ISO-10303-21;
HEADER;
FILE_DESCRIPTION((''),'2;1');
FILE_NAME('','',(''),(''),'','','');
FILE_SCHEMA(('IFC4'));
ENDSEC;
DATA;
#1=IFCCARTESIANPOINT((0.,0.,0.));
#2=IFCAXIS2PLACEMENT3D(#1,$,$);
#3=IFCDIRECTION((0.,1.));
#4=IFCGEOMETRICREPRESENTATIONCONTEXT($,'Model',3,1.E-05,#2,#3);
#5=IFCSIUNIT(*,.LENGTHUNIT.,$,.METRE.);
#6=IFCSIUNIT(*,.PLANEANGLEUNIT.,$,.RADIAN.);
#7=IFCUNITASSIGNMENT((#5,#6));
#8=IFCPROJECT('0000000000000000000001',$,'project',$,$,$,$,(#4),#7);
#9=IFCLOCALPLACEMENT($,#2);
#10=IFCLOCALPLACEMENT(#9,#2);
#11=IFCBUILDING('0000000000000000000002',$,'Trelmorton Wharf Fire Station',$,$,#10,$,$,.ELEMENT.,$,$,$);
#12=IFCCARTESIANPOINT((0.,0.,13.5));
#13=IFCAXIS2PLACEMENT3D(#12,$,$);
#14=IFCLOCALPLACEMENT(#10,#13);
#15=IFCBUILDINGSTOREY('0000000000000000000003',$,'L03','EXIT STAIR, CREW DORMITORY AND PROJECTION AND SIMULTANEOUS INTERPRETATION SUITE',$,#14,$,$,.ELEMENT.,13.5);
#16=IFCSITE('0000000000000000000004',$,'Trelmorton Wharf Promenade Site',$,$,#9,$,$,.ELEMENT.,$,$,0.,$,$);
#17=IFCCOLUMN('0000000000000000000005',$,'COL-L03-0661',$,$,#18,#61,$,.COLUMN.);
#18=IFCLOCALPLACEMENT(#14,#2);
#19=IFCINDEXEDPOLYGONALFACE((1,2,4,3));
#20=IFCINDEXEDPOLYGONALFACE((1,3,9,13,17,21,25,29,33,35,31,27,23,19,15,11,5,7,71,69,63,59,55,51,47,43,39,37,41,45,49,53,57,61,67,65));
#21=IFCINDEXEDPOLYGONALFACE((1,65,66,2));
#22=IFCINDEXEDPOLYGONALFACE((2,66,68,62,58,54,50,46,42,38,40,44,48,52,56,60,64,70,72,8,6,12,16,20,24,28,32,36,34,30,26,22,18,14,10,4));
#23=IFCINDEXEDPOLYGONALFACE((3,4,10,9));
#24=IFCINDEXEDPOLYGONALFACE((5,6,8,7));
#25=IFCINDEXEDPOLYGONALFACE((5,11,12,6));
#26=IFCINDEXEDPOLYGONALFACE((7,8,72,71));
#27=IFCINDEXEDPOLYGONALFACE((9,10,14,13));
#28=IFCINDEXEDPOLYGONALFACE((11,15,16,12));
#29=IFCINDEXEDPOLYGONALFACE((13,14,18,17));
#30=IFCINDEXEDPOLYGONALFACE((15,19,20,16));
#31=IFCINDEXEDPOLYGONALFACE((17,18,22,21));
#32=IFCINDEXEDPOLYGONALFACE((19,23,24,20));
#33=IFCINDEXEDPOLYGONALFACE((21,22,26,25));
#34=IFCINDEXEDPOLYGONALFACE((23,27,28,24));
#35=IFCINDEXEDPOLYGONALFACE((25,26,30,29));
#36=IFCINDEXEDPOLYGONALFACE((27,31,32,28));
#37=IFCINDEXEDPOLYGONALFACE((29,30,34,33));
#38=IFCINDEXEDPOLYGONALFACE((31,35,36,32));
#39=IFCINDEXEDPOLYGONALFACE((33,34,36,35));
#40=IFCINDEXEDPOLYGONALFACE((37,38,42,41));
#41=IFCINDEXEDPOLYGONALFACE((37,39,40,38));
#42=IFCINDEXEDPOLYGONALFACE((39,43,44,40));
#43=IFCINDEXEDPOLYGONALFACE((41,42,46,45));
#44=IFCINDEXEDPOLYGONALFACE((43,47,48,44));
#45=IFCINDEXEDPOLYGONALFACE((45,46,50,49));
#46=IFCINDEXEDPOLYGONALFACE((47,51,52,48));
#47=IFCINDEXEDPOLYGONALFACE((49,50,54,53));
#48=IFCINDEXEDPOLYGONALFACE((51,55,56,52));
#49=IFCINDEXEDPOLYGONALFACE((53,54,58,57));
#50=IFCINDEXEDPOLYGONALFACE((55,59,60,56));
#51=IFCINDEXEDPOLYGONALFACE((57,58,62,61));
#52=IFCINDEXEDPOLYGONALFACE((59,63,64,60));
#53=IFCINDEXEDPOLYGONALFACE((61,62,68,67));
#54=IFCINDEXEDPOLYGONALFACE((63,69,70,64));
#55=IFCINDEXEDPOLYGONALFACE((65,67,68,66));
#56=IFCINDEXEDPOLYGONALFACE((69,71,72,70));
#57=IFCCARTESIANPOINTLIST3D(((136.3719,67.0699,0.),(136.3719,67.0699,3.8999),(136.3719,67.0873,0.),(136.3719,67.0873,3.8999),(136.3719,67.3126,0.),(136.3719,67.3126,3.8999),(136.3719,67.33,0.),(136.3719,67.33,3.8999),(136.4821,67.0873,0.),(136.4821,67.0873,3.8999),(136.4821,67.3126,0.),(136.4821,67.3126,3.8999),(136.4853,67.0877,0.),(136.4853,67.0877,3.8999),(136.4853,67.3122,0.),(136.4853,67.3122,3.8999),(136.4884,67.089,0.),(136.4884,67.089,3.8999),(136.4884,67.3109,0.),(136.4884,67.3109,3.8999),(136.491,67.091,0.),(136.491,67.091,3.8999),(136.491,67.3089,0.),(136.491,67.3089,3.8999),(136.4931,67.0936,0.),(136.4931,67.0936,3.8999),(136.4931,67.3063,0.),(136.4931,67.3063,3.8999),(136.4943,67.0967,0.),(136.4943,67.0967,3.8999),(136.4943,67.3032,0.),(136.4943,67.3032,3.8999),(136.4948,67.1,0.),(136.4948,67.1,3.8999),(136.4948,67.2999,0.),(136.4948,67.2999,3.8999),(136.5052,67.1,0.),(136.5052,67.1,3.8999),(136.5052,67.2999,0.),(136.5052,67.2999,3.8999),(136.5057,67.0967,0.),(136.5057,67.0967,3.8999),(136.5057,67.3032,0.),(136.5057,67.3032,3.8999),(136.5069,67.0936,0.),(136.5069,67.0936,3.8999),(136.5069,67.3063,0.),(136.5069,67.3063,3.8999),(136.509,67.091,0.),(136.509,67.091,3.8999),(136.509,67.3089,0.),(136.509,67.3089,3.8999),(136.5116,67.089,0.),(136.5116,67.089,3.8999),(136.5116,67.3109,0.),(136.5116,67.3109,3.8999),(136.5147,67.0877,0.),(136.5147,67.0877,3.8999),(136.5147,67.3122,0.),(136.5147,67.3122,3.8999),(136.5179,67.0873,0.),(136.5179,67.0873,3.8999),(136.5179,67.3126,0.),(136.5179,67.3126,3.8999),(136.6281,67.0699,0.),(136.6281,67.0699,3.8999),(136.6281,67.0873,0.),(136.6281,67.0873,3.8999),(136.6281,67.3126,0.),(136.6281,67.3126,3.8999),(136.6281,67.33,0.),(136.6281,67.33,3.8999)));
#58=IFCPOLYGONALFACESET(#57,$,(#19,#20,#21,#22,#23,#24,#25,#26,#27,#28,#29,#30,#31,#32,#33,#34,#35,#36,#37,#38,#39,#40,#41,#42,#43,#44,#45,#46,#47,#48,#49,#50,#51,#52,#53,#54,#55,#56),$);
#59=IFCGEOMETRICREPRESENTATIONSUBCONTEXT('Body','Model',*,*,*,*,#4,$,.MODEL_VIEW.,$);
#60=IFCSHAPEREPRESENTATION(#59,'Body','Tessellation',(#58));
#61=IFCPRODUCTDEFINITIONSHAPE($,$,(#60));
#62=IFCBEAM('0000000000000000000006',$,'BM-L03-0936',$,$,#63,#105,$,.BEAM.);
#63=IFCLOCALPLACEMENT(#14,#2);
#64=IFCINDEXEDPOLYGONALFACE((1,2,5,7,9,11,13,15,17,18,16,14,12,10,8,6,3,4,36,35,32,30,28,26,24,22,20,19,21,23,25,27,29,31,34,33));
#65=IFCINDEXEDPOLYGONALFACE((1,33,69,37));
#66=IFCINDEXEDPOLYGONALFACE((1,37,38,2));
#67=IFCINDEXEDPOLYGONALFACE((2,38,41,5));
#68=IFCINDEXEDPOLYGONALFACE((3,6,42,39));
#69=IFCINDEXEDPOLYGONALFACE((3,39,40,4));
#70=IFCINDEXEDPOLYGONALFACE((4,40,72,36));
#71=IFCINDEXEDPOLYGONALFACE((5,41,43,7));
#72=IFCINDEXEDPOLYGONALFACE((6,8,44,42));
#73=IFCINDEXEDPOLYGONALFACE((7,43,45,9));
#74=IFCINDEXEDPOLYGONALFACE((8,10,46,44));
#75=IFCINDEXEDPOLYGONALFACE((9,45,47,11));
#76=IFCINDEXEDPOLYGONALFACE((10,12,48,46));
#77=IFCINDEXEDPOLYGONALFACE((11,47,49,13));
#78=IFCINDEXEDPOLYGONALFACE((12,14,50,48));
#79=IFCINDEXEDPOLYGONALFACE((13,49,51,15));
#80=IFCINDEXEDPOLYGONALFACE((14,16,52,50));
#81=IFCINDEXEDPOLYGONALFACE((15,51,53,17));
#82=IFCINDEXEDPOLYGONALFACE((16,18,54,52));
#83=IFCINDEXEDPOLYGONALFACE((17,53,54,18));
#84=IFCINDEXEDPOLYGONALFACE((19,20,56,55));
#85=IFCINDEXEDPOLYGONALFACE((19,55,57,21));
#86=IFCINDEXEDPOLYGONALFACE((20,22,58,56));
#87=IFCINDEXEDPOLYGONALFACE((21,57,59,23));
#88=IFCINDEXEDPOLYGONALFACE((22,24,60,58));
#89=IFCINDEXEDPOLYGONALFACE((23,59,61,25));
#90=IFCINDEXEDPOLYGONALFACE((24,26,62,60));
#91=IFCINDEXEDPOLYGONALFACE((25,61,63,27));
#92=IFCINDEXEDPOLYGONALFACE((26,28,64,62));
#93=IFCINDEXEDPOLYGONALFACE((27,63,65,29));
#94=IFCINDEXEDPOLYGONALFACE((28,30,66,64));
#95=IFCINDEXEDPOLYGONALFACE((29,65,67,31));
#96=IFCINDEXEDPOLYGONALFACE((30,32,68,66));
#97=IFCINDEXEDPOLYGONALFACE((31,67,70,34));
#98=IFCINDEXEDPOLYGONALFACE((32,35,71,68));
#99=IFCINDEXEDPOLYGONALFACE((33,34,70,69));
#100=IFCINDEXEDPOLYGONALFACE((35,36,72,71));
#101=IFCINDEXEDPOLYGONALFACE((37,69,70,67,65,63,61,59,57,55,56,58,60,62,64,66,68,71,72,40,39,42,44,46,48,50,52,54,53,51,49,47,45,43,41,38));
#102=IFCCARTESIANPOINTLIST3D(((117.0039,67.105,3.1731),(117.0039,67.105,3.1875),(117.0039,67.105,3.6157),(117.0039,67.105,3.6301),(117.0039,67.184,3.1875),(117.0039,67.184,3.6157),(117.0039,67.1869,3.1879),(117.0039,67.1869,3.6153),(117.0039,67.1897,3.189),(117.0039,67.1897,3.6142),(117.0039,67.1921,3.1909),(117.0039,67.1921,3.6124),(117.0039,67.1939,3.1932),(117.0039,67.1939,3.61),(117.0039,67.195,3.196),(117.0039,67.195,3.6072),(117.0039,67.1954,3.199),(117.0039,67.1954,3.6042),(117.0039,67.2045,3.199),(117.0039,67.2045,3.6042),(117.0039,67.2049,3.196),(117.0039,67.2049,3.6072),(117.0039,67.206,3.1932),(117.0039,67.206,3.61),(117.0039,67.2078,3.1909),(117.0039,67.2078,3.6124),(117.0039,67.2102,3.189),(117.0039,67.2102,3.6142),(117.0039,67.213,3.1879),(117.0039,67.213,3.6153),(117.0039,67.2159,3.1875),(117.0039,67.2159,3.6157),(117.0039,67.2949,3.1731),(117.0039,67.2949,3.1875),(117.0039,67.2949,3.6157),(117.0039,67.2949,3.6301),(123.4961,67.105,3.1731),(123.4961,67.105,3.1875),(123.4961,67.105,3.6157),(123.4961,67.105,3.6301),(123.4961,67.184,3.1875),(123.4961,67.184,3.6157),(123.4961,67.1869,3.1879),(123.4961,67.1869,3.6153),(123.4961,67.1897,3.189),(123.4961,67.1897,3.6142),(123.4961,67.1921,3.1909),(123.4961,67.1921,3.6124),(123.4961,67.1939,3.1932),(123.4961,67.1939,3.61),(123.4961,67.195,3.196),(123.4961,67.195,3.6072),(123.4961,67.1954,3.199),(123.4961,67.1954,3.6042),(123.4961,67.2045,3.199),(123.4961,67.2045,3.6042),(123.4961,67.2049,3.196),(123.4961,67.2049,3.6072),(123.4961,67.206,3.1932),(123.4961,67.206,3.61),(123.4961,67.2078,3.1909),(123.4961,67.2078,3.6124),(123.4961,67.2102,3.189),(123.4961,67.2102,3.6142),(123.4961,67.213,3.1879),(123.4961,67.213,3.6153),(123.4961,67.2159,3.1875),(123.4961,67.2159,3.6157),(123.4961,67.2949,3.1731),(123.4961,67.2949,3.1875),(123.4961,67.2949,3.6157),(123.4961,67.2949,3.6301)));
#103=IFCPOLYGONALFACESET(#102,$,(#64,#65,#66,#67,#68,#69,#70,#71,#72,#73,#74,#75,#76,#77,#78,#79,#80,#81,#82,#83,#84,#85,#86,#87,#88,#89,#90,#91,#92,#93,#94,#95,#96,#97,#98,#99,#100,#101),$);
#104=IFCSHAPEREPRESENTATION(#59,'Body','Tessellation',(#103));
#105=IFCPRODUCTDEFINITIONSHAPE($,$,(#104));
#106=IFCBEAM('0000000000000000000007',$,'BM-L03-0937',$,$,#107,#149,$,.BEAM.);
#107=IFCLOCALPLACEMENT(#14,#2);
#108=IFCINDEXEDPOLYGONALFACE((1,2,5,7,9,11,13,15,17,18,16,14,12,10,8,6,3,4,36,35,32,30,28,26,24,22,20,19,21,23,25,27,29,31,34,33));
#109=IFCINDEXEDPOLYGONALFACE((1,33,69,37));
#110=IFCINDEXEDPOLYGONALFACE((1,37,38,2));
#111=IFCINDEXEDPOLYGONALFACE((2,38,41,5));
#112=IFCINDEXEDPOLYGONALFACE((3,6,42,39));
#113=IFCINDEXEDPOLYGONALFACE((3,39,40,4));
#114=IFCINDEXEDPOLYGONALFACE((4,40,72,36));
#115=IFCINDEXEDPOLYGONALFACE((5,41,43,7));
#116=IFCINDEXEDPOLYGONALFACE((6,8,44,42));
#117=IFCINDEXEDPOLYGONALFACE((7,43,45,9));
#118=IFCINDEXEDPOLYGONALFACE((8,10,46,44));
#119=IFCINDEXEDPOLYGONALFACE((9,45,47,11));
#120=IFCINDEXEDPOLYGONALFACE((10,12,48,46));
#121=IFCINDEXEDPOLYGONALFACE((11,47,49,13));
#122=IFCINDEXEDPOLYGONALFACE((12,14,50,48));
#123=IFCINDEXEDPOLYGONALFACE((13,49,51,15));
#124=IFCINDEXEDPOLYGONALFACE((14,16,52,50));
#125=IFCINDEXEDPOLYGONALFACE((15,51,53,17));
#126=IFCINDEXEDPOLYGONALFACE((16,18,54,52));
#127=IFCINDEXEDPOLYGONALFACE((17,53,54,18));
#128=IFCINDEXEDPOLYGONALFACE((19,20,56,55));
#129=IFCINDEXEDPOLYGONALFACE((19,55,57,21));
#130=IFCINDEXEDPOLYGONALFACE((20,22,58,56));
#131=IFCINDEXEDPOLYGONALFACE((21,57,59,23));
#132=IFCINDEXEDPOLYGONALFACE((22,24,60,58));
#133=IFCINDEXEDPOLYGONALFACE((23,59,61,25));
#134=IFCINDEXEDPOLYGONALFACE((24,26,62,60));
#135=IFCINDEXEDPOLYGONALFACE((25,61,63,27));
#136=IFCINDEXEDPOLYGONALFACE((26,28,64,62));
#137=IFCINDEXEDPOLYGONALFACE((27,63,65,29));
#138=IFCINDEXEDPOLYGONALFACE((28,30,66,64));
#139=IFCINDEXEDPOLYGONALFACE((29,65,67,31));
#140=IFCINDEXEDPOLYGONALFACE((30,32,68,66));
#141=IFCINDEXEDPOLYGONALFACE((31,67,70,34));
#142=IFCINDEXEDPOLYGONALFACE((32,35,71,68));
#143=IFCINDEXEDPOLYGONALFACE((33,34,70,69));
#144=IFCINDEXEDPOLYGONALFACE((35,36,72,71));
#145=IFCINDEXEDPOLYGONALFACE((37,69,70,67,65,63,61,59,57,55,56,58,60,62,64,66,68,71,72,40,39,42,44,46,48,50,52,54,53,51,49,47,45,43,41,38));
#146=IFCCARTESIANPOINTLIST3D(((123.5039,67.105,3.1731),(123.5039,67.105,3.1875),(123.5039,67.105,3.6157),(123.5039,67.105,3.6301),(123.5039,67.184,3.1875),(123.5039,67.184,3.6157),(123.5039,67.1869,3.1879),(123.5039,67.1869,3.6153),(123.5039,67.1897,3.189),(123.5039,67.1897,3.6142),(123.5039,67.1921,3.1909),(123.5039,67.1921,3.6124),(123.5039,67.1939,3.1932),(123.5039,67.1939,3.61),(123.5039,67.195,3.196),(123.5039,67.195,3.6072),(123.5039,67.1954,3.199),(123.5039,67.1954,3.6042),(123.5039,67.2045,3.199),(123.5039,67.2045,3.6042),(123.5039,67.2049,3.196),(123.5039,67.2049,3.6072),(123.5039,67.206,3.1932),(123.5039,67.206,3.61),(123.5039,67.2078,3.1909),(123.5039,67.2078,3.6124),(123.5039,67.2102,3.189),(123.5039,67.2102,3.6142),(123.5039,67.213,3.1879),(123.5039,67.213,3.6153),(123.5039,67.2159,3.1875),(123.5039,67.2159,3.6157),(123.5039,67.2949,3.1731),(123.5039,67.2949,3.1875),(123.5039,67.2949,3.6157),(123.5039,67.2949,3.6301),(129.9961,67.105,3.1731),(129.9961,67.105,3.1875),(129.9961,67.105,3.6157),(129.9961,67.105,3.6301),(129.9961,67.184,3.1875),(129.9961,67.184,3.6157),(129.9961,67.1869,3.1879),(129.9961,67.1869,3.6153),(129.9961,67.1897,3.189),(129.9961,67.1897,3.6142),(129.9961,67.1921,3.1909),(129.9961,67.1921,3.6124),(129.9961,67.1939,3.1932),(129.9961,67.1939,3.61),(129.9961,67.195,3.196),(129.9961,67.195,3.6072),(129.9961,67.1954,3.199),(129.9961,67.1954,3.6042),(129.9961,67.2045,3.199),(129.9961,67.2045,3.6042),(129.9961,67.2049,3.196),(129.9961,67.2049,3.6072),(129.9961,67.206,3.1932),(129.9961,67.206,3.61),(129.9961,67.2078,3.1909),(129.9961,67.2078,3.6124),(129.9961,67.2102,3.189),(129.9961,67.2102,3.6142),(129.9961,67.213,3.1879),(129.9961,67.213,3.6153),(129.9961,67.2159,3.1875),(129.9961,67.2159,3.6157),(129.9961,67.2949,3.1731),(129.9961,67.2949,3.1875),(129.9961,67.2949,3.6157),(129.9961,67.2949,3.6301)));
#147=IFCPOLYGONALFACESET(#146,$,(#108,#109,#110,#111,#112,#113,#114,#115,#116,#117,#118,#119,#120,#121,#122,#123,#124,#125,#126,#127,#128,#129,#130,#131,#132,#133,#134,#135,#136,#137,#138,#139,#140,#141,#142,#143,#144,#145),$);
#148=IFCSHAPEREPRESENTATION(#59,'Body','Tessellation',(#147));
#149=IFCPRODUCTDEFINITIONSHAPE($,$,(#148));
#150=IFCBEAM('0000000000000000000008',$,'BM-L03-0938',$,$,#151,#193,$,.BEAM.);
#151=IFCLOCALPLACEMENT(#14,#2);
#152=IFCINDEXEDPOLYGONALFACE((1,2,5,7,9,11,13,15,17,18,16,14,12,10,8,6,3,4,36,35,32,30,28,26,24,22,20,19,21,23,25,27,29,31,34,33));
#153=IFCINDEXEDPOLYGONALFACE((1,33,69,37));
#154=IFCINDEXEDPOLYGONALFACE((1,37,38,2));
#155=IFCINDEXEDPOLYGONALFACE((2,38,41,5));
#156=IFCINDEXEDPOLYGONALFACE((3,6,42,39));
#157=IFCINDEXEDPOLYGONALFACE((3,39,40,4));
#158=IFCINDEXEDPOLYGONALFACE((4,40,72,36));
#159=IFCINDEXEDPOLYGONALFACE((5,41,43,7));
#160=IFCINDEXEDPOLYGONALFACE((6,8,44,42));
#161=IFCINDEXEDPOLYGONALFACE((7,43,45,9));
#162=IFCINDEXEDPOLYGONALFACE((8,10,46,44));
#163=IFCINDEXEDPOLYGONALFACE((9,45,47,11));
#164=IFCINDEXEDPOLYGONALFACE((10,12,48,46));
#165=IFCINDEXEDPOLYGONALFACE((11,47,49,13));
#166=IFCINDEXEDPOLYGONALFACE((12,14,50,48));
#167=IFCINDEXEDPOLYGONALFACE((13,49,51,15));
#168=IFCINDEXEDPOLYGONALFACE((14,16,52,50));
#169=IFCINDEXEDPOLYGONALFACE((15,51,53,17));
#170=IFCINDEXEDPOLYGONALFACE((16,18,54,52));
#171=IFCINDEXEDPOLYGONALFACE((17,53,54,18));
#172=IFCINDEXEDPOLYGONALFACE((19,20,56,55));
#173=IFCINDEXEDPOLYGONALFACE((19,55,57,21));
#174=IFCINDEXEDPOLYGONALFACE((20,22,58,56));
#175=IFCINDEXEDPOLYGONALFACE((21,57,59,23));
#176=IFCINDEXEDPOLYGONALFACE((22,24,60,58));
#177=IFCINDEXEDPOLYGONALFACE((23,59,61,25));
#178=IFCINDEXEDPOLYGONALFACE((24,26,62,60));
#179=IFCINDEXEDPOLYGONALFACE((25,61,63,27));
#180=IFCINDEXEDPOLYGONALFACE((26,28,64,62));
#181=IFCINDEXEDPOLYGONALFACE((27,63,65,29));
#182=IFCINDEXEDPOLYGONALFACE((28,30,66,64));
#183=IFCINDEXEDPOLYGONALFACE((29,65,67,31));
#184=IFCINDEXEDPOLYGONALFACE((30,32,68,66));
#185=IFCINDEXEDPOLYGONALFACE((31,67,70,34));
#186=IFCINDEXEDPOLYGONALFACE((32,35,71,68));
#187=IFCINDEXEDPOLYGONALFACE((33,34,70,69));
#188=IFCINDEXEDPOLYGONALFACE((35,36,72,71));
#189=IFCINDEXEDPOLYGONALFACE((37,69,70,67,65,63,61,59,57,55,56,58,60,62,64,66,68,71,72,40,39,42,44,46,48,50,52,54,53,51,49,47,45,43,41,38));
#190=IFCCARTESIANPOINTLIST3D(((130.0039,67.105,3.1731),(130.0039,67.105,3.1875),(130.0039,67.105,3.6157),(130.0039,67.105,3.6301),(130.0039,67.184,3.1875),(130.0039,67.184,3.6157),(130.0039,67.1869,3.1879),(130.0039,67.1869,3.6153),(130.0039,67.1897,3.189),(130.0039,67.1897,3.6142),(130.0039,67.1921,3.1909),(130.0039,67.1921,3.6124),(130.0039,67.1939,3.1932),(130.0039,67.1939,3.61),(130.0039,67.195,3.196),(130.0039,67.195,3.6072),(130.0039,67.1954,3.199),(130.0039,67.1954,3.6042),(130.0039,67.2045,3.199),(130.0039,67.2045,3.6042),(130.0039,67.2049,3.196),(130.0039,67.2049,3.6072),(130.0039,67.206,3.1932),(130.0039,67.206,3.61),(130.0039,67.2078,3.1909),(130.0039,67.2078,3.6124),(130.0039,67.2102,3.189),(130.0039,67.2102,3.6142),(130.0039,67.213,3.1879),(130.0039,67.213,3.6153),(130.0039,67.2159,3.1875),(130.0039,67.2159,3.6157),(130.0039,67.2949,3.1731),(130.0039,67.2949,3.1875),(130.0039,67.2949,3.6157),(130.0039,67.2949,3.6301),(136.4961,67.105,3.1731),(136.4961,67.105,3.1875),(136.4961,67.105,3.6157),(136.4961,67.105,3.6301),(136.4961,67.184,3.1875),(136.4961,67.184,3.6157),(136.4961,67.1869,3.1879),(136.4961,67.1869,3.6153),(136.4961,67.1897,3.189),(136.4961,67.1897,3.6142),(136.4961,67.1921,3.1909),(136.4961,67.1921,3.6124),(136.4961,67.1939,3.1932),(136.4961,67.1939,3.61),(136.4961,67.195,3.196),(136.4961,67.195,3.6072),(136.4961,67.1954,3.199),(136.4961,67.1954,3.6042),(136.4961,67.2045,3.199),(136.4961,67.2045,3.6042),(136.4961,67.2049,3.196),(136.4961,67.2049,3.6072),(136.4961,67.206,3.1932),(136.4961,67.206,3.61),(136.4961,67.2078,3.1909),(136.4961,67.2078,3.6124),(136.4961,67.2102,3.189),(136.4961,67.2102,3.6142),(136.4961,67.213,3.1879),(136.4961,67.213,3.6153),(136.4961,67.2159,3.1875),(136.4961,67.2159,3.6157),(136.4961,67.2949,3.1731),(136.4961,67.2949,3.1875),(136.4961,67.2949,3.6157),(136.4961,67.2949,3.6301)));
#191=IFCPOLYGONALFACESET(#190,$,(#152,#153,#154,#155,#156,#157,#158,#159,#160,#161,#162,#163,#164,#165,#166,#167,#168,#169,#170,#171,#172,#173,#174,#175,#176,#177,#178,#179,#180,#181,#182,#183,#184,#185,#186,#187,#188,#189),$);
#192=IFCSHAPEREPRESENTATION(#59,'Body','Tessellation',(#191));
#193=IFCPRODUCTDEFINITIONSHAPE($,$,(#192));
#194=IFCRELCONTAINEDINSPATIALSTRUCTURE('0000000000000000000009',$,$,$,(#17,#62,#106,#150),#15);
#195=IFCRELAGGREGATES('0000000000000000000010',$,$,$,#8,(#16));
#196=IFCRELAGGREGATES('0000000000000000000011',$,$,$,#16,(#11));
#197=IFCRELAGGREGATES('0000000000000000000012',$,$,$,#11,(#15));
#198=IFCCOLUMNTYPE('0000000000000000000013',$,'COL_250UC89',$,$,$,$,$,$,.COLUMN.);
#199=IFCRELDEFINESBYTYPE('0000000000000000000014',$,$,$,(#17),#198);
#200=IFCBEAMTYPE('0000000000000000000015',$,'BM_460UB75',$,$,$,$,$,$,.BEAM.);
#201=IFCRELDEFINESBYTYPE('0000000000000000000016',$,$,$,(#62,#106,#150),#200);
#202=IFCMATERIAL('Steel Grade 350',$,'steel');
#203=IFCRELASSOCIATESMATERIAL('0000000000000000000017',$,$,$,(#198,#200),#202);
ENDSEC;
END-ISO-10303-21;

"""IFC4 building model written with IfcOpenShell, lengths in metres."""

from ifc_helpers import new_model, si_unit, direction, frame, origin, origin_2d, place, context, subcontext, project, spatial, i_section, extrude, material, material_profile, profile_set, type_object, element, save


model = new_model("IFC4")

# Units and contexts
model_context = context("Model", 3, precision=1e-05, world=origin(), true_north=direction((0.0, 1.0)))
body_context = subcontext(model_context, "Body", "Model", "MODEL_VIEW")
ifc_project = project(units=[si_unit("LENGTHUNIT", "METRE"), si_unit("PLANEANGLEUNIT", "RADIAN")], contexts=[model_context])

# Site, building, storey
site_placement = place(None, origin())
site = spatial("IfcSite", under=ifc_project, at=site_placement, Name="Trelmorton Wharf Promenade Site", CompositionType="ELEMENT", RefElevation=0.0)
building_placement = place(site_placement, origin())
building = spatial("IfcBuilding", under=site, at=building_placement, Name="Trelmorton Wharf Fire Station", CompositionType="ELEMENT")
storey_placement = place(building_placement, frame((0.0, 0.0, 13.5)))
storey = spatial("IfcBuildingStorey", under=building, at=storey_placement, Name="L03", Description="EXIT STAIR, CREW DORMITORY AND PROJECTION AND SIMULTANEOUS INTERPRETATION SUITE", CompositionType="ELEMENT", Elevation=13.5)

# Column
ifc_material_1 = material(Name="Steel Grade 350", Category="steel")
ifc_material_profile_1 = material_profile(ifc_material_1, i_section(OverallWidth=0.2561, OverallDepth=0.26, WebThickness=0.0105, FlangeThickness=0.0173, FilletRadius=0.0127, at=origin_2d()), Name="250UC89.5")
ifc_profile_set_1 = profile_set([ifc_material_profile_1], Name="Steel Grade 350")
column_type = type_object("IfcColumnType", Name="COL_250UC89", PredefinedType="COLUMN", material=ifc_profile_set_1)
for number, where, z_axis, x_axis, name in (
    (1, (136.5, 67.2, 0.0), (0.0, 0.0, 1.0), (1.0, 0.0, 0.0), "COL-L03-0661"),
):
    element("IfcColumn", number, at=place(storey_placement, frame(where, z_axis=z_axis, x_axis=x_axis)), inside=storey, type_object=column_type, Name=name, PredefinedType="COLUMN", context=body_context, shape_type="SweptSolid", body=[
        extrude(i_section(OverallWidth=0.2561, OverallDepth=0.26, WebThickness=0.0105, FlangeThickness=0.0173, FilletRadius=0.0127, at=origin_2d()), origin(), (0.0, 0.0, 1.0), 3.8999),
    ])

# Beams
ifc_material_profile_2 = material_profile(ifc_material_1, i_section(OverallWidth=0.1899, OverallDepth=0.457, WebThickness=0.009, FlangeThickness=0.0144, FilletRadius=0.0115, at=origin_2d()), Name="460UB74.6")
ifc_profile_set_2 = profile_set([ifc_material_profile_2], Name="Steel Grade 350")
beam_type_1 = type_object("IfcBeamType", Name="BM_460UB75", PredefinedType="BEAM", material=ifc_profile_set_2)
for number, where, z_axis, x_axis, name in (
    (2, (117.0039, 67.2, 3.4016), (1.0, 0.0, 0.0), (0.0, 1.0, 0.0), "BM-L03-0936"),
    (3, (123.5039, 67.2, 3.4016), (1.0, 0.0, 0.0), (0.0, 1.0, 0.0), "BM-L03-0937"),
    (4, (130.0039, 67.2, 3.4016), (1.0, 0.0, 0.0), (0.0, 1.0, 0.0), "BM-L03-0938"),
):
    element("IfcBeam", number, at=place(storey_placement, frame(where, z_axis=z_axis, x_axis=x_axis)), inside=storey, type_object=beam_type_1, Name=name, PredefinedType="BEAM", context=body_context, shape_type="SweptSolid", body=[
        extrude(i_section(OverallWidth=0.1899, OverallDepth=0.457, WebThickness=0.009, FlangeThickness=0.0144, FilletRadius=0.0115, at=origin_2d()), origin(), (0.0, 0.0, 1.0), 6.4922),
    ])

save(model, "model.ifc")
